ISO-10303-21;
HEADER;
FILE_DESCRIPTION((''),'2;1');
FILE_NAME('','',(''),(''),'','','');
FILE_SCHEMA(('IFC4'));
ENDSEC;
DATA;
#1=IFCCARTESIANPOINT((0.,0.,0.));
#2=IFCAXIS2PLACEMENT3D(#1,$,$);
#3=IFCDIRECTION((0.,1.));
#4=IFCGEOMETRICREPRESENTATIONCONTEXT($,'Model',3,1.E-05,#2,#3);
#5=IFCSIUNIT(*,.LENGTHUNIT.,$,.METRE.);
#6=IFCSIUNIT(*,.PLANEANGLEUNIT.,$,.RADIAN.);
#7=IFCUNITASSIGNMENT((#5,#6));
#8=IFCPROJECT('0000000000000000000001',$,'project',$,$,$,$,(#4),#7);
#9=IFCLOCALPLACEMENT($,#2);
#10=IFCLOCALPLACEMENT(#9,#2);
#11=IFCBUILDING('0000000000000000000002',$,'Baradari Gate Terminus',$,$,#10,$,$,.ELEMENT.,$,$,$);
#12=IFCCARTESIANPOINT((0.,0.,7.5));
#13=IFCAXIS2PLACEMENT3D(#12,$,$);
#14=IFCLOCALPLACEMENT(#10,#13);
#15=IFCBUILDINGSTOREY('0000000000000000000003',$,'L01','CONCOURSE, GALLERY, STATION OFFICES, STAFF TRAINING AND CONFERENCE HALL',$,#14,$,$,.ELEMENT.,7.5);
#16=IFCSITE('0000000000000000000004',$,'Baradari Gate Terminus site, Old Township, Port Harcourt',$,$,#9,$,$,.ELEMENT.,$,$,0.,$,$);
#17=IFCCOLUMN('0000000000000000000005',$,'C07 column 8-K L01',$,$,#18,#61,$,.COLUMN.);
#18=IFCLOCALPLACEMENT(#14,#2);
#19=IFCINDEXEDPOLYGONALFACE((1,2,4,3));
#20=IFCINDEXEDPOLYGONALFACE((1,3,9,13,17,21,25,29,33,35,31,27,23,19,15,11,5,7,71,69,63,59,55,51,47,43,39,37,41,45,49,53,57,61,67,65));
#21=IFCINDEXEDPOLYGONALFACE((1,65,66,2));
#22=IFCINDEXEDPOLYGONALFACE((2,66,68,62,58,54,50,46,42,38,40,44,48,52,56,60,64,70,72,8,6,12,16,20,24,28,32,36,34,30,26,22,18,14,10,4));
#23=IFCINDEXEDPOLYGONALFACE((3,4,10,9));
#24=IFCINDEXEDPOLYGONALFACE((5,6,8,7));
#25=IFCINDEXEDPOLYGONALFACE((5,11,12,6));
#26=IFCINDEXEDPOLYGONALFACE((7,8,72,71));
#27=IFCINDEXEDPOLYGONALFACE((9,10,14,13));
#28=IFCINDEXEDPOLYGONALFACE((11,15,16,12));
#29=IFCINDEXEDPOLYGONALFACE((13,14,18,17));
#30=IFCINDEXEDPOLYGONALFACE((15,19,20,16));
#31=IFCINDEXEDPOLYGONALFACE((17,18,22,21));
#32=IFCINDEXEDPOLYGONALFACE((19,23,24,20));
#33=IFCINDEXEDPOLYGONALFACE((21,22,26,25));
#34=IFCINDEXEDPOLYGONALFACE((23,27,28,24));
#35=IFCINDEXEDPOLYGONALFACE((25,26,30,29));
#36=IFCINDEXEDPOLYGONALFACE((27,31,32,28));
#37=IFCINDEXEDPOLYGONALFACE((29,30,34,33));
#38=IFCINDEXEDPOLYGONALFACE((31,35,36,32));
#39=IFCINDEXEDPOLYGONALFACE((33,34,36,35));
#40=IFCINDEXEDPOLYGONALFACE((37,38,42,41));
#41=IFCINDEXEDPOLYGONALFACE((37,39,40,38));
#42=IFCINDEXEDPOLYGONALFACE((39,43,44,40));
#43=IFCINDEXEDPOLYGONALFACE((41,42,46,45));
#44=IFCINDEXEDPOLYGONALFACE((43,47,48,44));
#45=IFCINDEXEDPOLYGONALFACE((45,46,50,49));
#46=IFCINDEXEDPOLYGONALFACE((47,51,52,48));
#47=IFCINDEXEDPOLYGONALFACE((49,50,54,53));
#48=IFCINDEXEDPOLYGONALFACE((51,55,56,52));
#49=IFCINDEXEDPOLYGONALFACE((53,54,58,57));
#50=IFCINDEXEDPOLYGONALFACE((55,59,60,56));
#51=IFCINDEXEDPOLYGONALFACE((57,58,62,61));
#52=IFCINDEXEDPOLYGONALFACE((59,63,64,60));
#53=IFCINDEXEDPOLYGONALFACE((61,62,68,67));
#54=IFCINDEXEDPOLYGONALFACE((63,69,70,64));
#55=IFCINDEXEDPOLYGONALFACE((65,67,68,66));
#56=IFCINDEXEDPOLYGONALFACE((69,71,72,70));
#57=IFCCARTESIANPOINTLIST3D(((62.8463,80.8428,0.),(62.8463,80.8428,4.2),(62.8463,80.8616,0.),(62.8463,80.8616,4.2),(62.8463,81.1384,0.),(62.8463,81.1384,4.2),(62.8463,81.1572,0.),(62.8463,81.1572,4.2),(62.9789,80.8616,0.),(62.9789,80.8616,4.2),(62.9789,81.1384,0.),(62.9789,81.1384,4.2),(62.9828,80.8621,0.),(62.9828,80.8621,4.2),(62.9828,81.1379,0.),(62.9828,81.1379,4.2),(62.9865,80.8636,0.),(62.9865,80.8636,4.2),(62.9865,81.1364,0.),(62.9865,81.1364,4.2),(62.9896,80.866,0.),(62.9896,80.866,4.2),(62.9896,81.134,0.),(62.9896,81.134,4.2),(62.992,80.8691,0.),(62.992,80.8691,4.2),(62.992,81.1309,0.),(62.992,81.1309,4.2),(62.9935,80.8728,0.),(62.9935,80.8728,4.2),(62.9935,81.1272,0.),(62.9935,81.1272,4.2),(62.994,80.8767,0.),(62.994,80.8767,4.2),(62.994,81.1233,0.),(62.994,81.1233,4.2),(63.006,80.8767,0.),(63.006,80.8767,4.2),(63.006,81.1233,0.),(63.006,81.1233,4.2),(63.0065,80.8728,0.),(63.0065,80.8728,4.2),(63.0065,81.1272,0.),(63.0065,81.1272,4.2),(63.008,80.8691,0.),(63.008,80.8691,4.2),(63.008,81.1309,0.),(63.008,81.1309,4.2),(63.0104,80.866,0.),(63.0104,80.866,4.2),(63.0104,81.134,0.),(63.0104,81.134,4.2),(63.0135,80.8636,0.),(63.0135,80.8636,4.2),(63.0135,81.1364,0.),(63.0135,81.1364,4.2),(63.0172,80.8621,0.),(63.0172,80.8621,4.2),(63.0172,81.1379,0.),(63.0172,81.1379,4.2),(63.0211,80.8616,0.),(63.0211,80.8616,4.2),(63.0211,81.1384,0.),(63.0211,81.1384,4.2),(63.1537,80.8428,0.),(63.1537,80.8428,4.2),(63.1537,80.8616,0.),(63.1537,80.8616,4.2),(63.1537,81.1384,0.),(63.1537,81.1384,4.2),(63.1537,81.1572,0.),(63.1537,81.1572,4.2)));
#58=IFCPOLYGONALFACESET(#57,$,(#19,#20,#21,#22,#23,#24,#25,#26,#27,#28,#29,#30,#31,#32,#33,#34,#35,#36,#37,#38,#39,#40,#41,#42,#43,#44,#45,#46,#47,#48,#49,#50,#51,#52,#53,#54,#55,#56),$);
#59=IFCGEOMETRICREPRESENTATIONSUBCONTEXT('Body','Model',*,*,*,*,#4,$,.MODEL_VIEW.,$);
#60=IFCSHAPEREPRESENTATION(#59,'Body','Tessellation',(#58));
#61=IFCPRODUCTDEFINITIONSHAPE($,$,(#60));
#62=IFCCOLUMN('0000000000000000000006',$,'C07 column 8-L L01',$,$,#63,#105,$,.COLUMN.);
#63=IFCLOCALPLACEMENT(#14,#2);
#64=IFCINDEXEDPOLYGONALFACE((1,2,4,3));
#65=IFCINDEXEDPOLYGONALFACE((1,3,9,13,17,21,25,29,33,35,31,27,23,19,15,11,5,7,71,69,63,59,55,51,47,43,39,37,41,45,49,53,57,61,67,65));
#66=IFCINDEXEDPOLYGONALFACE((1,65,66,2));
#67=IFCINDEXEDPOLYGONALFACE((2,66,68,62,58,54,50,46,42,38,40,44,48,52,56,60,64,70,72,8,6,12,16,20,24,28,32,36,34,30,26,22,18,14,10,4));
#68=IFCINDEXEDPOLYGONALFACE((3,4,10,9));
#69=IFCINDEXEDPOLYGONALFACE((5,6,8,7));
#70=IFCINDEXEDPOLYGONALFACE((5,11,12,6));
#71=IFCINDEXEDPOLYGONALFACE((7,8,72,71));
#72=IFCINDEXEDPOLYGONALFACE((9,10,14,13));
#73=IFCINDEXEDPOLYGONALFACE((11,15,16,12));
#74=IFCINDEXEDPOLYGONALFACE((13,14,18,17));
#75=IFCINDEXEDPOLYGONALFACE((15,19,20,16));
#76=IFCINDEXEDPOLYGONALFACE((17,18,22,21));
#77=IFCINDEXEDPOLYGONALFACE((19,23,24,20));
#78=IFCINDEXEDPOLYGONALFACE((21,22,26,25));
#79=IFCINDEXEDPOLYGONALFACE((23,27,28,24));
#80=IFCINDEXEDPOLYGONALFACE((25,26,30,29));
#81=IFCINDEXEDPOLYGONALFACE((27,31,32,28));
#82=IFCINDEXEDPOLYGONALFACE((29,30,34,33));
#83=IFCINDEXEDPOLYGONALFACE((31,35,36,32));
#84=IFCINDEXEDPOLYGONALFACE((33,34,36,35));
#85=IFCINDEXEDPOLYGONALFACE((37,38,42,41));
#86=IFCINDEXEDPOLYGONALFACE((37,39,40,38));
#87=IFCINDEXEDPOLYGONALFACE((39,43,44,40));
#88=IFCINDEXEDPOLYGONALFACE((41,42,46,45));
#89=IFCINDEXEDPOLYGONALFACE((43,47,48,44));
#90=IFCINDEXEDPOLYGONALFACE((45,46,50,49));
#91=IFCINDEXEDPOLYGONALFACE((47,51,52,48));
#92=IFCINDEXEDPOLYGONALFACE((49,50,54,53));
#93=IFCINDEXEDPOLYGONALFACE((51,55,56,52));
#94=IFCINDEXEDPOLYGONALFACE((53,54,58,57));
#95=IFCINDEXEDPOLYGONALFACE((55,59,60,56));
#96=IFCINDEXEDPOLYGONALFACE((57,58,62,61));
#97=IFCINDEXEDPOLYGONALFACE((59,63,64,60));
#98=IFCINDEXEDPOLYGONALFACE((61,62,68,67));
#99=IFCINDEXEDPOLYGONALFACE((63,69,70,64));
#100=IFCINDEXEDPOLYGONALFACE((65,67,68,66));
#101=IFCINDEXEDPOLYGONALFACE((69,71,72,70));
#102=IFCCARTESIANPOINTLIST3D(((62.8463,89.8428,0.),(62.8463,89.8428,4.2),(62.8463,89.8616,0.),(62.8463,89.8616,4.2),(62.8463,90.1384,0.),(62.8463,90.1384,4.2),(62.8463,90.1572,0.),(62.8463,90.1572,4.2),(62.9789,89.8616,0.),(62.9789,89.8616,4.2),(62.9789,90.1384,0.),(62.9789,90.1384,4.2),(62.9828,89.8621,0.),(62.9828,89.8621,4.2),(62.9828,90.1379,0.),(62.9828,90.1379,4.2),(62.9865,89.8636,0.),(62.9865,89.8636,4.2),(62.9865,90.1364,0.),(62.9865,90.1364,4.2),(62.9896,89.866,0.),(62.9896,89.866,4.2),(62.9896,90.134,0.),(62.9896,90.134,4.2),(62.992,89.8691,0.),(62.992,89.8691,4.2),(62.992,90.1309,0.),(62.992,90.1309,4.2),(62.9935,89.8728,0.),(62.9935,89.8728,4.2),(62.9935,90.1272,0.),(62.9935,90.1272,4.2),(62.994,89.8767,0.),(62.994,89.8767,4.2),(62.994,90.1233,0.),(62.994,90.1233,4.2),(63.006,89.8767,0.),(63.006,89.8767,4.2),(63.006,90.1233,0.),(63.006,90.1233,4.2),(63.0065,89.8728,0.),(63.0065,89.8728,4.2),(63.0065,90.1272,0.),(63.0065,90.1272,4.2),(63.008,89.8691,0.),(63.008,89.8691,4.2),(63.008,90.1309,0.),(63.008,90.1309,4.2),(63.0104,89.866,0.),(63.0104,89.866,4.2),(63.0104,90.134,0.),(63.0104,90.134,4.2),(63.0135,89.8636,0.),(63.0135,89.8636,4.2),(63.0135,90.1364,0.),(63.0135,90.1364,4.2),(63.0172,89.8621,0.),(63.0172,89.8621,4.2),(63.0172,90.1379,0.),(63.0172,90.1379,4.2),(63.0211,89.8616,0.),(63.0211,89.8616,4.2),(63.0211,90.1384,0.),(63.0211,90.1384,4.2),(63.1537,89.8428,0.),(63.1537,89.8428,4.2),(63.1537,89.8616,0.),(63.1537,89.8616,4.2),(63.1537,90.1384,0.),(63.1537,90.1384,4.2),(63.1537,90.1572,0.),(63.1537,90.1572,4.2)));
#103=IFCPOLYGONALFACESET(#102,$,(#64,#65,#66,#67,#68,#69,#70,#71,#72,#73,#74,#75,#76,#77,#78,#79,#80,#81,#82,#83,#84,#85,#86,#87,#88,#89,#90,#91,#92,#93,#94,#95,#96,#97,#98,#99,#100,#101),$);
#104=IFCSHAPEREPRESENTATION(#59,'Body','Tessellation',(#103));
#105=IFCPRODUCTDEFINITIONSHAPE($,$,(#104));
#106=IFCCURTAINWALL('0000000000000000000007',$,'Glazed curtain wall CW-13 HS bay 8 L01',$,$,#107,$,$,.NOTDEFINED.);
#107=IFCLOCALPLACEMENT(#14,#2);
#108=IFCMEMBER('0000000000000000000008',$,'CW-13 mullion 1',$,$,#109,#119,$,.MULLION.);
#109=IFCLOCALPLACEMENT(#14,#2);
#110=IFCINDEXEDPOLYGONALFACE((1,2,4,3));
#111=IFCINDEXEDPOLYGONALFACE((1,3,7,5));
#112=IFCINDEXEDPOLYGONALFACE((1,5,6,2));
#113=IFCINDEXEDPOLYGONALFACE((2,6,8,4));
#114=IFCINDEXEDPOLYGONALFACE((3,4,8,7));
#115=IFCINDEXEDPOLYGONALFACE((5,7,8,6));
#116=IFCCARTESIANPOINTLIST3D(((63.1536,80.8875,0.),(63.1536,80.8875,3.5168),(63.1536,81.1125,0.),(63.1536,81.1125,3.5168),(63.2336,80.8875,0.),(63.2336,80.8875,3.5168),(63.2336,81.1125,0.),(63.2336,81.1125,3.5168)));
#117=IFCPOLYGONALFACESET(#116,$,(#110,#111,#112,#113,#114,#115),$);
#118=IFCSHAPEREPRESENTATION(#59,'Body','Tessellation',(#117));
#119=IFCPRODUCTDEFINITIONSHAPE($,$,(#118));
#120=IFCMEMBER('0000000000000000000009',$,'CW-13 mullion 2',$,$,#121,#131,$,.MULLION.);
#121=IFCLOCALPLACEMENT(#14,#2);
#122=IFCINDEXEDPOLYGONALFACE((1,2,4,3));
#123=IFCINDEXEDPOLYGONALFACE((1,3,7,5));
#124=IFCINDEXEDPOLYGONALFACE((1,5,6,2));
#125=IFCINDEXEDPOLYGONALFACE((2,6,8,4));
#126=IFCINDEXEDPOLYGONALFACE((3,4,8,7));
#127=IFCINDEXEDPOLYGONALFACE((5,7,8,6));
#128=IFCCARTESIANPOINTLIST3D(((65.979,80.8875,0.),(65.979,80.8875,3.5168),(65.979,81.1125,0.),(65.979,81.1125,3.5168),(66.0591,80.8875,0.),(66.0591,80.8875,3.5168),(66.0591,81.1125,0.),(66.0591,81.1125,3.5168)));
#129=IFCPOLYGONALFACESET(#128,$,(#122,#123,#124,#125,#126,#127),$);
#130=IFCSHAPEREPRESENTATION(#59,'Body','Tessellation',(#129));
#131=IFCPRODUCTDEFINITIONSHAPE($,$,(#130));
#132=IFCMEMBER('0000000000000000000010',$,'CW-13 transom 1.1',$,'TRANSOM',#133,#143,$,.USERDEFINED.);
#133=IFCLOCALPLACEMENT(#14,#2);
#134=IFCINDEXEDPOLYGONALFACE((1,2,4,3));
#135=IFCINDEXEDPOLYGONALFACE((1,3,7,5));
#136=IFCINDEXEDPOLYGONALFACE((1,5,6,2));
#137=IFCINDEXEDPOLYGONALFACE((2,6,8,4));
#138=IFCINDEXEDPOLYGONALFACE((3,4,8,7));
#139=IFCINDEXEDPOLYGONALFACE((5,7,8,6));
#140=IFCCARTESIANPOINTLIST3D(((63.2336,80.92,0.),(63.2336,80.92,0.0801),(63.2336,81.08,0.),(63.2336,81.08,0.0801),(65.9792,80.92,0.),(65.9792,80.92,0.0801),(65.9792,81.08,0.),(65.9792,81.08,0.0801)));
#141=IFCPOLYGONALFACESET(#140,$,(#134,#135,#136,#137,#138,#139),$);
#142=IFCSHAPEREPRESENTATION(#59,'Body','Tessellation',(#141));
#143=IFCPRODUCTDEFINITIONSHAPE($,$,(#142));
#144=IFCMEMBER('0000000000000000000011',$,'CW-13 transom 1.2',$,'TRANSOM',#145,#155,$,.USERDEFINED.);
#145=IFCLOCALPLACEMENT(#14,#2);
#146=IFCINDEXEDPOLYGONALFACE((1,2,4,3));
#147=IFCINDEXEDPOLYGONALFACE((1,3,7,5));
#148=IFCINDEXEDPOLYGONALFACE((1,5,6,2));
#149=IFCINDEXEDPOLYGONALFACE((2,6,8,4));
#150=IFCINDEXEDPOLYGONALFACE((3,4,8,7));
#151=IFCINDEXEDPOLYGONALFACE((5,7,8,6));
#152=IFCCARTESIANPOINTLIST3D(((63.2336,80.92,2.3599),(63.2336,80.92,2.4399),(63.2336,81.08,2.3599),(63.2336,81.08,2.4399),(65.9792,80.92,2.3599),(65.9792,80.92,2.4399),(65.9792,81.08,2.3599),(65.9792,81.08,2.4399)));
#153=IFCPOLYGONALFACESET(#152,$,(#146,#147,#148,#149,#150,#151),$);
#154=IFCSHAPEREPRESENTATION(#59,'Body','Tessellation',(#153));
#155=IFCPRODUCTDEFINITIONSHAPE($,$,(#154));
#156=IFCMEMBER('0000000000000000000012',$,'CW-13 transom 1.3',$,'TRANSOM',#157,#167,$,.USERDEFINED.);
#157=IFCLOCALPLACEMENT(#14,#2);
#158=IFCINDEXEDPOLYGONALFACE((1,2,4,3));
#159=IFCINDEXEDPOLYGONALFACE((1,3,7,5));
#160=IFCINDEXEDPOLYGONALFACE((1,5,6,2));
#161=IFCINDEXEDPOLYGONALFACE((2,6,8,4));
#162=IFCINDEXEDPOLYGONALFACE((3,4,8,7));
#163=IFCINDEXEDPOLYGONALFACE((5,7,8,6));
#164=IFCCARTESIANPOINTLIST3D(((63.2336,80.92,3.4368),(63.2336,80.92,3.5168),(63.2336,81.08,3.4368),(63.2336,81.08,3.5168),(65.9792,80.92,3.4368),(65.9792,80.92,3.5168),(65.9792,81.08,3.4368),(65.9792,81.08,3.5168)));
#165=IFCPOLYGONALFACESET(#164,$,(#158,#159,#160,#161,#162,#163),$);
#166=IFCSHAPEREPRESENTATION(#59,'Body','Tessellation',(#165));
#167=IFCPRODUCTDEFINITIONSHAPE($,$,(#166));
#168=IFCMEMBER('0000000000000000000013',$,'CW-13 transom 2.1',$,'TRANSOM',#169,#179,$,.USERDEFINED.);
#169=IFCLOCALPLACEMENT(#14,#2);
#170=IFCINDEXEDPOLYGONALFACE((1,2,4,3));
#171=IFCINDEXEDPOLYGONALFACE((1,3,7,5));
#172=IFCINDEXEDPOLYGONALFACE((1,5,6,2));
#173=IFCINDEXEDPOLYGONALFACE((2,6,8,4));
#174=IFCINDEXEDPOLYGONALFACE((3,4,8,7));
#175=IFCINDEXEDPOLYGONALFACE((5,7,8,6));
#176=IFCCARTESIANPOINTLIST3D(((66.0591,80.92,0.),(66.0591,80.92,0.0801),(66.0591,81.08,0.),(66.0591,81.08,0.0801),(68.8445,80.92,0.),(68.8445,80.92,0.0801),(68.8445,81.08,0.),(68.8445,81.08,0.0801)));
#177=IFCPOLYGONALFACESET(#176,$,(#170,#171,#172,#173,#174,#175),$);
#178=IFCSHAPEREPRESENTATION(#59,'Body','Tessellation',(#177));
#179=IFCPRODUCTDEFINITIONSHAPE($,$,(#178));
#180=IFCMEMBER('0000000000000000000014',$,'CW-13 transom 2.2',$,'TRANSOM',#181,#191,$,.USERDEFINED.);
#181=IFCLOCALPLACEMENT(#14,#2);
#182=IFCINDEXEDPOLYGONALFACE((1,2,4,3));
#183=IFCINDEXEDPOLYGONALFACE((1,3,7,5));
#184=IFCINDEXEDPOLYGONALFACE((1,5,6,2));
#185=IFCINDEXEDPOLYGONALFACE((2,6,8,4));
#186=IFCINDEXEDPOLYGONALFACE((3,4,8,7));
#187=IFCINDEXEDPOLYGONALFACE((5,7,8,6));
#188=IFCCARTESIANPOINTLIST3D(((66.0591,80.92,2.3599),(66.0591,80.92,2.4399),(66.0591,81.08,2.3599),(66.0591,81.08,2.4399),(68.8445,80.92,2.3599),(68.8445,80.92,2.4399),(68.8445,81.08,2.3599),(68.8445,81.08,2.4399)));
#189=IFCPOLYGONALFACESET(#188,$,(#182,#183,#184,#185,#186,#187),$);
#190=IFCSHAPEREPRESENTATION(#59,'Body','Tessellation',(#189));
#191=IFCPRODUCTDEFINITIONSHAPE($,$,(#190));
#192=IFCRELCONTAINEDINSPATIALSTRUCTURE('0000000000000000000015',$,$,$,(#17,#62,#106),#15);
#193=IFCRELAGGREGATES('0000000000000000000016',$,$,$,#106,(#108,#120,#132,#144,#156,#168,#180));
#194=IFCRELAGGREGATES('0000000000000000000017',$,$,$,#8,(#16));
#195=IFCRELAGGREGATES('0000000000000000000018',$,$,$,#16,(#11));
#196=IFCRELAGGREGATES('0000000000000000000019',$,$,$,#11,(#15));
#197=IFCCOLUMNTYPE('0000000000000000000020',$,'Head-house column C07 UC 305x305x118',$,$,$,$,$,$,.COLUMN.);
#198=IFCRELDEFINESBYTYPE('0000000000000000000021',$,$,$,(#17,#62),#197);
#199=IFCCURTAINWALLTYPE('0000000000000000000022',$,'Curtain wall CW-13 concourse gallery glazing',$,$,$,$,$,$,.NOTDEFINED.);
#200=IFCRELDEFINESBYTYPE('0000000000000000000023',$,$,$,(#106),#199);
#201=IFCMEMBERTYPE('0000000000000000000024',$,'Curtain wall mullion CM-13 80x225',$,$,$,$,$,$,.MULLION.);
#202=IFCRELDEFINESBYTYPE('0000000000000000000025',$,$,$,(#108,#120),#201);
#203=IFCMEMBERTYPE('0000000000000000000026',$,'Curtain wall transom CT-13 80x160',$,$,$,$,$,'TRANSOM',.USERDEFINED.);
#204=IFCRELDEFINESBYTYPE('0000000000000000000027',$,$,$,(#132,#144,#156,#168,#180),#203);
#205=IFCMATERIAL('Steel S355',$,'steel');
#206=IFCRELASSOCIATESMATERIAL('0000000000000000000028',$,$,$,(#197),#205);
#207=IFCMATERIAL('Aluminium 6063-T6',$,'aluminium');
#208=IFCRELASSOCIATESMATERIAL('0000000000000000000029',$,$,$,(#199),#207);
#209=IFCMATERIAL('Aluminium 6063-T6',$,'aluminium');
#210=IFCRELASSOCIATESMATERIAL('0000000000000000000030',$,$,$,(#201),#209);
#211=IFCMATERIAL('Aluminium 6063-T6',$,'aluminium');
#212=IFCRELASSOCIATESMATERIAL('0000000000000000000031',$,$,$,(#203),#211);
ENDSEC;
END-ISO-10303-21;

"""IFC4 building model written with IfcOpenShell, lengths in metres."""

from ifc_helpers import new_model, si_unit, direction, frame, origin, origin_2d, place, context, subcontext, project, spatial, rectangle, i_section, extrude, material, material_profile, profile_set, type_object, element, aggregate, save


model = new_model("IFC4")

# Units and contexts
model_context = context("Model", 3, precision=1e-05, world=origin(), true_north=direction((0.0, 1.0)))
body_context = subcontext(model_context, "Body", "Model", "MODEL_VIEW")
ifc_project = project(units=[si_unit("LENGTHUNIT", "METRE"), si_unit("PLANEANGLEUNIT", "RADIAN")], contexts=[model_context])

# Site, building, storey
site_placement = place(None, origin())
site = spatial("IfcSite", under=ifc_project, at=site_placement, Name="Baradari Gate Terminus site, Old Township, Port Harcourt", CompositionType="ELEMENT", RefElevation=0.0)
building_placement = place(site_placement, origin())
building = spatial("IfcBuilding", under=site, at=building_placement, Name="Baradari Gate Terminus", CompositionType="ELEMENT")
storey_placement = place(building_placement, frame((0.0, 0.0, 7.5)))
storey = spatial("IfcBuildingStorey", under=building, at=storey_placement, Name="L01", Description="CONCOURSE, GALLERY, STATION OFFICES, STAFF TRAINING AND CONFERENCE HALL", CompositionType="ELEMENT", Elevation=7.5)

# Columns
ifc_material_1 = material(Name="Steel S355", Category="steel")
ifc_material_profile_1 = material_profile(ifc_material_1, i_section(OverallWidth=0.3074, OverallDepth=0.3145, WebThickness=0.012, FlangeThickness=0.0188, FilletRadius=0.0151, at=origin_2d()), Name="UC 305x305x118")
ifc_profile_set_1 = profile_set([ifc_material_profile_1], Name="Steel S355")
column_type = type_object("IfcColumnType", Name="Head-house column C07 UC 305x305x118", PredefinedType="COLUMN", material=ifc_profile_set_1)
for number, where, z_axis, x_axis, name in (
    (1, (63.0, 81.0, 0.0), (0.0, 0.0, 1.0), (1.0, 0.0, 0.0), "C07 column 8-K L01"),
    (2, (63.0, 90.0, 0.0), (0.0, 0.0, 1.0), (1.0, 0.0, 0.0), "C07 column 8-L L01"),
):
    element("IfcColumn", number, at=place(storey_placement, frame(where, z_axis=z_axis, x_axis=x_axis)), inside=storey, type_object=column_type, Name=name, PredefinedType="COLUMN", context=body_context, shape_type="SweptSolid", body=[
        extrude(i_section(OverallWidth=0.3074, OverallDepth=0.3145, WebThickness=0.012, FlangeThickness=0.0188, FilletRadius=0.0151, at=origin_2d()), origin(), (0.0, 0.0, 1.0), 4.2),
    ])

# Curtain wall, members
ifc_material_2 = material(Name="Aluminium 6063-T6", Category="aluminium")
curtain_wall_type = type_object("IfcCurtainWallType", Name="Curtain wall CW-13 concourse gallery glazing", PredefinedType="NOTDEFINED", material=ifc_material_2)
curtain_wall_placement = place(storey_placement, origin())
curtain_wall = element("IfcCurtainWall", 3, at=curtain_wall_placement, inside=storey, type_object=curtain_wall_type, Name="Glazed curtain wall CW-13 HS bay 8 L01", PredefinedType="NOTDEFINED")
ifc_material_3 = material(Name="Aluminium 6063-T6", Category="aluminium")
ifc_material_profile_2 = material_profile(ifc_material_3, rectangle(XDim=0.2251, YDim=0.0801, at=origin_2d()), Name="CM-13 80X225")
ifc_profile_set_2 = profile_set([ifc_material_profile_2], Name="Aluminium 6063-T6")
member_type_1 = type_object("IfcMemberType", Name="Curtain wall mullion CM-13 80x225", PredefinedType="MULLION", material=ifc_profile_set_2)
member_1_placement = place(storey_placement, frame((63.1936, 81.0, 0.0), z_axis=(0.0, 0.0, 1.0), x_axis=(0.0, 1.0, 0.0)))
member_1 = element("IfcMember", 4, at=member_1_placement, type_object=member_type_1, Name="CW-13 mullion 1", PredefinedType="MULLION", context=body_context, shape_type="SweptSolid", body=[
    extrude(rectangle(XDim=0.2251, YDim=0.0801, at=origin_2d()), origin(), (0.0, 0.0, 1.0), 3.5168),
])
member_2_placement = place(storey_placement, frame((66.019, 81.0, 0.0), z_axis=(0.0, 0.0, 1.0), x_axis=(0.0, 1.0, 0.0)))
member_2 = element("IfcMember", 5, at=member_2_placement, type_object=member_type_1, Name="CW-13 mullion 2", PredefinedType="MULLION", context=body_context, shape_type="SweptSolid", body=[
    extrude(rectangle(XDim=0.2251, YDim=0.0801, at=origin_2d()), origin(), (0.0, 0.0, 1.0), 3.5168),
])
ifc_material_4 = material(Name="Aluminium 6063-T6", Category="aluminium")
ifc_material_profile_3 = material_profile(ifc_material_4, rectangle(XDim=0.1599, YDim=0.0801, at=origin_2d()), Name="CT-13 80X160")
ifc_profile_set_3 = profile_set([ifc_material_profile_3], Name="Aluminium 6063-T6")
member_type_2 = type_object("IfcMemberType", Name="Curtain wall transom CT-13 80x160", ElementType="TRANSOM", PredefinedType="USERDEFINED", material=ifc_profile_set_3)
member_3_placement = place(storey_placement, frame((63.2336, 81.0, 0.04), z_axis=(1.0, 0.0, 0.0), x_axis=(0.0, 1.0, 0.0)))
member_3 = element("IfcMember", 6, at=member_3_placement, type_object=member_type_2, Name="CW-13 transom 1.1", ObjectType="TRANSOM", PredefinedType="USERDEFINED", context=body_context, shape_type="SweptSolid", body=[
    extrude(rectangle(XDim=0.1599, YDim=0.0801, at=origin_2d()), origin(), (0.0, 0.0, 1.0), 2.7456),
])
member_4_placement = place(storey_placement, frame((63.2336, 81.0, 2.3999), z_axis=(1.0, 0.0, 0.0), x_axis=(0.0, 1.0, 0.0)))
member_4 = element("IfcMember", 7, at=member_4_placement, type_object=member_type_2, Name="CW-13 transom 1.2", ObjectType="TRANSOM", PredefinedType="USERDEFINED", context=body_context, shape_type="SweptSolid", body=[
    extrude(rectangle(XDim=0.1599, YDim=0.0801, at=origin_2d()), origin(), (0.0, 0.0, 1.0), 2.7456),
])
member_5_placement = place(storey_placement, frame((63.2336, 81.0, 3.4768), z_axis=(1.0, 0.0, 0.0), x_axis=(0.0, 1.0, 0.0)))
member_5 = element("IfcMember", 8, at=member_5_placement, type_object=member_type_2, Name="CW-13 transom 1.3", ObjectType="TRANSOM", PredefinedType="USERDEFINED", context=body_context, shape_type="SweptSolid", body=[
    extrude(rectangle(XDim=0.1599, YDim=0.0801, at=origin_2d()), origin(), (0.0, 0.0, 1.0), 2.7456),
])
member_6_placement = place(storey_placement, frame((66.0591, 81.0, 0.04), z_axis=(1.0, 0.0, 0.0), x_axis=(0.0, 1.0, 0.0)))
member_6 = element("IfcMember", 9, at=member_6_placement, type_object=member_type_2, Name="CW-13 transom 2.1", ObjectType="TRANSOM", PredefinedType="USERDEFINED", context=body_context, shape_type="SweptSolid", body=[
    extrude(rectangle(XDim=0.1599, YDim=0.0801, at=origin_2d()), origin(), (0.0, 0.0, 1.0), 2.7854),
])
member_7_placement = place(storey_placement, frame((66.0591, 81.0, 2.3999), z_axis=(1.0, 0.0, 0.0), x_axis=(0.0, 1.0, 0.0)))
member_7 = element("IfcMember", 10, at=member_7_placement, type_object=member_type_2, Name="CW-13 transom 2.2", ObjectType="TRANSOM", PredefinedType="USERDEFINED", context=body_context, shape_type="SweptSolid", body=[
    extrude(rectangle(XDim=0.1599, YDim=0.0801, at=origin_2d()), origin(), (0.0, 0.0, 1.0), 2.7854),
])

aggregate(curtain_wall, [member_1, member_2, member_3, member_4, member_5, member_6, member_7])

save(model, "model.ifc")
